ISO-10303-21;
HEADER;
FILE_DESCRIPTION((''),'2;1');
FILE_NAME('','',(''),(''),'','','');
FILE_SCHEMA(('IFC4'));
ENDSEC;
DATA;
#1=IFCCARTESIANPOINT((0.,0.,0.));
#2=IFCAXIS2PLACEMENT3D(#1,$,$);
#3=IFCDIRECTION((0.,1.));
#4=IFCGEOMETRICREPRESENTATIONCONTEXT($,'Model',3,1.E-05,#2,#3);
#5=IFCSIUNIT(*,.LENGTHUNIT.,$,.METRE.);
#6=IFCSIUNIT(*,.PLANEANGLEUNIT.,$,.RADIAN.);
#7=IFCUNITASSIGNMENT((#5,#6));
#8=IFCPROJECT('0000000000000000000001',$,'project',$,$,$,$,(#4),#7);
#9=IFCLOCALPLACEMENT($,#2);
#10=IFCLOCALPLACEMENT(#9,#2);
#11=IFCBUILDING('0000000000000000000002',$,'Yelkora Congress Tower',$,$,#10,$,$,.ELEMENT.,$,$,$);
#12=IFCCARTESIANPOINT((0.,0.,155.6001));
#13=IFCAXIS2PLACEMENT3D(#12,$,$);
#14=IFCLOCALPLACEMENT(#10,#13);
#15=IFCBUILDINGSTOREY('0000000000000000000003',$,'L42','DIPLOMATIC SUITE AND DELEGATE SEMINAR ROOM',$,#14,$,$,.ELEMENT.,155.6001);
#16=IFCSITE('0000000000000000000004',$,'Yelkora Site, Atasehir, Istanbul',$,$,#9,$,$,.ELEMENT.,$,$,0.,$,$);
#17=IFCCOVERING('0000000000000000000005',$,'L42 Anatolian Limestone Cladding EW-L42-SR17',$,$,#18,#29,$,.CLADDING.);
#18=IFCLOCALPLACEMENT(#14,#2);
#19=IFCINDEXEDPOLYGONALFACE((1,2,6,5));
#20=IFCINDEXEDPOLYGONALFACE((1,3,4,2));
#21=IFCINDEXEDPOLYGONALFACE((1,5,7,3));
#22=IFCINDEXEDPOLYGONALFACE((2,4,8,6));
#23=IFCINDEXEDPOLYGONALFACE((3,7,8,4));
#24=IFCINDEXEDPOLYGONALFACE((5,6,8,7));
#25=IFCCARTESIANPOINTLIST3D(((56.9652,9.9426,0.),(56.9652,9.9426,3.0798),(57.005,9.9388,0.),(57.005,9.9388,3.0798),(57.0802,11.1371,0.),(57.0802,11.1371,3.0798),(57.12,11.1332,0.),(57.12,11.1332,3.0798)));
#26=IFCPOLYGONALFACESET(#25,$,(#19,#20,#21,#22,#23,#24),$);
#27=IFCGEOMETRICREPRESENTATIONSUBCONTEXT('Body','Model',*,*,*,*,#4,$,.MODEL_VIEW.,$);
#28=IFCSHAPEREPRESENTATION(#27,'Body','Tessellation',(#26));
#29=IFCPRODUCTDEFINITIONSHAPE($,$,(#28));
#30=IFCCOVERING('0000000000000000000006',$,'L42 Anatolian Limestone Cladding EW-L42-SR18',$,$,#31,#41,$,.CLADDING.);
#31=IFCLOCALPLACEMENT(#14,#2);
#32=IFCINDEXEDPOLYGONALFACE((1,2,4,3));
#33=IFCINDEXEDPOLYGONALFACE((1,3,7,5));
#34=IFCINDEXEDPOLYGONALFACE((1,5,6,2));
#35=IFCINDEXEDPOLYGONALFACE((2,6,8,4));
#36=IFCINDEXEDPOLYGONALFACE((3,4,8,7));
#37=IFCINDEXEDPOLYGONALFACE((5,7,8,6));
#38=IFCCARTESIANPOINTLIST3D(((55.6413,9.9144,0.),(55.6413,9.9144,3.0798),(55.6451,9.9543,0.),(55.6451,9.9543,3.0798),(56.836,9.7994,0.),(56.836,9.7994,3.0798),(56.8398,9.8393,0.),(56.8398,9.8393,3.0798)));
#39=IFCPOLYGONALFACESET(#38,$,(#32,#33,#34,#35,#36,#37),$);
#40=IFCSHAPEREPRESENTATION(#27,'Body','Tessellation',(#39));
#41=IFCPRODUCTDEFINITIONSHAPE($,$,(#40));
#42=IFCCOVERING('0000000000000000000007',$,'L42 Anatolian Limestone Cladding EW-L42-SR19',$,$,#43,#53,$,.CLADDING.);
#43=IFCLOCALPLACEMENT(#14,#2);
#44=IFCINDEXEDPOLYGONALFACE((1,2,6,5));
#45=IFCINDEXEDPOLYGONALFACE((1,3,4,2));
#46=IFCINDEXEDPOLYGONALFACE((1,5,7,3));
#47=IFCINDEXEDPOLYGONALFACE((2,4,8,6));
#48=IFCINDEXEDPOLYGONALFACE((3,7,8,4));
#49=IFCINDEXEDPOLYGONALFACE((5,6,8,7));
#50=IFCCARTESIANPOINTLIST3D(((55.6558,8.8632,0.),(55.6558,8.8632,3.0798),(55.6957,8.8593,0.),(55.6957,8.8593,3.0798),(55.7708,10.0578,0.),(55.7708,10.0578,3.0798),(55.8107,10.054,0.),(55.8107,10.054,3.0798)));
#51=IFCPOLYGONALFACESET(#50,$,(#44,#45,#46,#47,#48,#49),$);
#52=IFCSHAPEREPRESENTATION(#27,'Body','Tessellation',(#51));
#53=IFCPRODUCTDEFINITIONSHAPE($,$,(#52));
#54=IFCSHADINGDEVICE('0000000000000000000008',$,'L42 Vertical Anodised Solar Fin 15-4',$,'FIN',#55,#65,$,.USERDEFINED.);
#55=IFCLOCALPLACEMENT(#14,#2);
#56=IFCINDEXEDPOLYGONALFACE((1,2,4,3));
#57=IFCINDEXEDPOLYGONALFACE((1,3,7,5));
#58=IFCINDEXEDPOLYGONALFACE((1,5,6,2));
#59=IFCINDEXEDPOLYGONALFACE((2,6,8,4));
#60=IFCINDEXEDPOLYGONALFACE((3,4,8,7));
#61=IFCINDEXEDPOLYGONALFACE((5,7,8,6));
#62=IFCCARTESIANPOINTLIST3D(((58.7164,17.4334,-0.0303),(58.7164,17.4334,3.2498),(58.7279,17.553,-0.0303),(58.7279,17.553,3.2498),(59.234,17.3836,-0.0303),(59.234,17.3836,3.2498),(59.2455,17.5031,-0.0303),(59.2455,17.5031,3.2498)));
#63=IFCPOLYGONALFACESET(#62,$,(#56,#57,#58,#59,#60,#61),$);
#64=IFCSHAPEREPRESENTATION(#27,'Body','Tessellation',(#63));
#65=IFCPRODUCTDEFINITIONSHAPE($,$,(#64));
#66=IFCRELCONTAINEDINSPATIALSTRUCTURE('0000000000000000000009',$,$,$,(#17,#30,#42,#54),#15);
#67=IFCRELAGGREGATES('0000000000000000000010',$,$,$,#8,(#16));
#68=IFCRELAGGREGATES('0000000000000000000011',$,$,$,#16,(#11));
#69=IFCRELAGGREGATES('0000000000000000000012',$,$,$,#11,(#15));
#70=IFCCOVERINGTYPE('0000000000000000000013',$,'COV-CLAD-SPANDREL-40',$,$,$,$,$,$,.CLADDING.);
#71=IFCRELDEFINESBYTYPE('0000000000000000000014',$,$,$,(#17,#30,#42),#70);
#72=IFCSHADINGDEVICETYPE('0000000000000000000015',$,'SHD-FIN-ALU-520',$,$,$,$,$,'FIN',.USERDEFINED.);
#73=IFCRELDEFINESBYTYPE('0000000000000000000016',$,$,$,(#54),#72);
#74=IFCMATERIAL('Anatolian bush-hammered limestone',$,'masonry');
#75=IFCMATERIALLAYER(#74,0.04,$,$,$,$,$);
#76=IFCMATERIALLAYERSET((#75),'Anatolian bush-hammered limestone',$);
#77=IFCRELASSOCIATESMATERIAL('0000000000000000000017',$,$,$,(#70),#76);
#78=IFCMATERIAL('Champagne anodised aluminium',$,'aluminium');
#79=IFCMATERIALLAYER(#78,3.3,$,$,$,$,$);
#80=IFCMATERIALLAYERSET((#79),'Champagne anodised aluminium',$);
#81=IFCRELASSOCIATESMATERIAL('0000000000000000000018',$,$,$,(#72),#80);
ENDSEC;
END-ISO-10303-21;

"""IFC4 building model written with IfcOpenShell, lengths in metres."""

from ifc_helpers import new_model, si_unit, direction, frame, frame_2d, origin, origin_2d, place, context, subcontext, project, spatial, rectangle, extrude, material, layer, layer_set, type_object, element, save


model = new_model("IFC4")

# Units and contexts
model_context = context("Model", 3, precision=1e-05, world=origin(), true_north=direction((0.0, 1.0)))
body_context = subcontext(model_context, "Body", "Model", "MODEL_VIEW")
ifc_project = project(units=[si_unit("LENGTHUNIT", "METRE"), si_unit("PLANEANGLEUNIT", "RADIAN")], contexts=[model_context])

# Site, building, storey
site_placement = place(None, origin())
site = spatial("IfcSite", under=ifc_project, at=site_placement, Name="Yelkora Site, Atasehir, Istanbul", CompositionType="ELEMENT", RefElevation=0.0)
building_placement = place(site_placement, origin())
building = spatial("IfcBuilding", under=site, at=building_placement, Name="Yelkora Congress Tower", CompositionType="ELEMENT")
storey_placement = place(building_placement, frame((0.0, 0.0, 155.6001)))
storey = spatial("IfcBuildingStorey", under=building, at=storey_placement, Name="L42", Description="DIPLOMATIC SUITE AND DELEGATE SEMINAR ROOM", CompositionType="ELEMENT", Elevation=155.6001)

# Coverings
ifc_material_1 = material(Name="Anatolian bush-hammered limestone", Category="masonry")
ifc_layer_1 = layer(ifc_material_1, 0.04)
ifc_layer_set_1 = layer_set([ifc_layer_1], Name="Anatolian bush-hammered limestone")
covering_type = type_object("IfcCoveringType", Name="COV-CLAD-SPANDREL-40", PredefinedType="CLADDING", material=ifc_layer_set_1)
covering_1_placement = place(storey_placement, frame((57.1001, 11.1353, 0.0), z_axis=(0.0, 0.0, 1.0), x_axis=(-0.095836, -0.995397, 0.0)))
element("IfcCovering", 1, at=covering_1_placement, inside=storey, type_object=covering_type, Name="L42 Anatolian Limestone Cladding EW-L42-SR17", PredefinedType="CLADDING", context=body_context, shape_type="SweptSolid", body=[
    extrude(rectangle(XDim=1.2, YDim=0.04, at=frame_2d((0.6001, 0.0))), origin(), (0.0, 0.0, 1.0), 3.0798),
])
for number, where, z_axis, x_axis, name in (
    (2, (56.8379, 9.8193, 0.0), (0.0, 0.0, 1.0), (-0.995399, 0.095817, 0.0), "L42 Anatolian Limestone Cladding EW-L42-SR18"),
    (3, (55.7908, 10.0559, 0.0), (0.0, 0.0, 1.0), (-0.095817, -0.995399, 0.0), "L42 Anatolian Limestone Cladding EW-L42-SR19"),
):
    element("IfcCovering", number, at=place(storey_placement, frame(where, z_axis=z_axis, x_axis=x_axis)), inside=storey, type_object=covering_type, Name=name, PredefinedType="CLADDING", context=body_context, shape_type="SweptSolid", body=[
        extrude(rectangle(XDim=1.2002, YDim=0.04, at=frame_2d((0.6001, 0.0))), origin(), (0.0, 0.0, 1.0), 3.0798),
    ])

# Shading device
ifc_material_2 = material(Name="Champagne anodised aluminium", Category="aluminium")
ifc_layer_2 = layer(ifc_material_2, 3.3)
ifc_layer_set_2 = layer_set([ifc_layer_2], Name="Champagne anodised aluminium")
shading_device_type = type_object("IfcShadingDeviceType", Name="SHD-FIN-ALU-520", ElementType="FIN", PredefinedType="USERDEFINED", material=ifc_layer_set_2)
shading_device_placement = place(storey_placement, frame((58.981, 17.4683, -0.0303), z_axis=(0.0, 0.0, 1.0), x_axis=(-0.095846, -0.995396, 0.0)))
element("IfcShadingDevice", 4, at=shading_device_placement, inside=storey, type_object=shading_device_type, Name="L42 Vertical Anodised Solar Fin 15-4", ObjectType="FIN", PredefinedType="USERDEFINED", context=body_context, shape_type="SweptSolid", body=[
    extrude(rectangle(XDim=0.1201, YDim=0.52, at=origin_2d()), origin(), (0.0, 0.0, 1.0), 3.28),
])

save(model, "model.ifc")
